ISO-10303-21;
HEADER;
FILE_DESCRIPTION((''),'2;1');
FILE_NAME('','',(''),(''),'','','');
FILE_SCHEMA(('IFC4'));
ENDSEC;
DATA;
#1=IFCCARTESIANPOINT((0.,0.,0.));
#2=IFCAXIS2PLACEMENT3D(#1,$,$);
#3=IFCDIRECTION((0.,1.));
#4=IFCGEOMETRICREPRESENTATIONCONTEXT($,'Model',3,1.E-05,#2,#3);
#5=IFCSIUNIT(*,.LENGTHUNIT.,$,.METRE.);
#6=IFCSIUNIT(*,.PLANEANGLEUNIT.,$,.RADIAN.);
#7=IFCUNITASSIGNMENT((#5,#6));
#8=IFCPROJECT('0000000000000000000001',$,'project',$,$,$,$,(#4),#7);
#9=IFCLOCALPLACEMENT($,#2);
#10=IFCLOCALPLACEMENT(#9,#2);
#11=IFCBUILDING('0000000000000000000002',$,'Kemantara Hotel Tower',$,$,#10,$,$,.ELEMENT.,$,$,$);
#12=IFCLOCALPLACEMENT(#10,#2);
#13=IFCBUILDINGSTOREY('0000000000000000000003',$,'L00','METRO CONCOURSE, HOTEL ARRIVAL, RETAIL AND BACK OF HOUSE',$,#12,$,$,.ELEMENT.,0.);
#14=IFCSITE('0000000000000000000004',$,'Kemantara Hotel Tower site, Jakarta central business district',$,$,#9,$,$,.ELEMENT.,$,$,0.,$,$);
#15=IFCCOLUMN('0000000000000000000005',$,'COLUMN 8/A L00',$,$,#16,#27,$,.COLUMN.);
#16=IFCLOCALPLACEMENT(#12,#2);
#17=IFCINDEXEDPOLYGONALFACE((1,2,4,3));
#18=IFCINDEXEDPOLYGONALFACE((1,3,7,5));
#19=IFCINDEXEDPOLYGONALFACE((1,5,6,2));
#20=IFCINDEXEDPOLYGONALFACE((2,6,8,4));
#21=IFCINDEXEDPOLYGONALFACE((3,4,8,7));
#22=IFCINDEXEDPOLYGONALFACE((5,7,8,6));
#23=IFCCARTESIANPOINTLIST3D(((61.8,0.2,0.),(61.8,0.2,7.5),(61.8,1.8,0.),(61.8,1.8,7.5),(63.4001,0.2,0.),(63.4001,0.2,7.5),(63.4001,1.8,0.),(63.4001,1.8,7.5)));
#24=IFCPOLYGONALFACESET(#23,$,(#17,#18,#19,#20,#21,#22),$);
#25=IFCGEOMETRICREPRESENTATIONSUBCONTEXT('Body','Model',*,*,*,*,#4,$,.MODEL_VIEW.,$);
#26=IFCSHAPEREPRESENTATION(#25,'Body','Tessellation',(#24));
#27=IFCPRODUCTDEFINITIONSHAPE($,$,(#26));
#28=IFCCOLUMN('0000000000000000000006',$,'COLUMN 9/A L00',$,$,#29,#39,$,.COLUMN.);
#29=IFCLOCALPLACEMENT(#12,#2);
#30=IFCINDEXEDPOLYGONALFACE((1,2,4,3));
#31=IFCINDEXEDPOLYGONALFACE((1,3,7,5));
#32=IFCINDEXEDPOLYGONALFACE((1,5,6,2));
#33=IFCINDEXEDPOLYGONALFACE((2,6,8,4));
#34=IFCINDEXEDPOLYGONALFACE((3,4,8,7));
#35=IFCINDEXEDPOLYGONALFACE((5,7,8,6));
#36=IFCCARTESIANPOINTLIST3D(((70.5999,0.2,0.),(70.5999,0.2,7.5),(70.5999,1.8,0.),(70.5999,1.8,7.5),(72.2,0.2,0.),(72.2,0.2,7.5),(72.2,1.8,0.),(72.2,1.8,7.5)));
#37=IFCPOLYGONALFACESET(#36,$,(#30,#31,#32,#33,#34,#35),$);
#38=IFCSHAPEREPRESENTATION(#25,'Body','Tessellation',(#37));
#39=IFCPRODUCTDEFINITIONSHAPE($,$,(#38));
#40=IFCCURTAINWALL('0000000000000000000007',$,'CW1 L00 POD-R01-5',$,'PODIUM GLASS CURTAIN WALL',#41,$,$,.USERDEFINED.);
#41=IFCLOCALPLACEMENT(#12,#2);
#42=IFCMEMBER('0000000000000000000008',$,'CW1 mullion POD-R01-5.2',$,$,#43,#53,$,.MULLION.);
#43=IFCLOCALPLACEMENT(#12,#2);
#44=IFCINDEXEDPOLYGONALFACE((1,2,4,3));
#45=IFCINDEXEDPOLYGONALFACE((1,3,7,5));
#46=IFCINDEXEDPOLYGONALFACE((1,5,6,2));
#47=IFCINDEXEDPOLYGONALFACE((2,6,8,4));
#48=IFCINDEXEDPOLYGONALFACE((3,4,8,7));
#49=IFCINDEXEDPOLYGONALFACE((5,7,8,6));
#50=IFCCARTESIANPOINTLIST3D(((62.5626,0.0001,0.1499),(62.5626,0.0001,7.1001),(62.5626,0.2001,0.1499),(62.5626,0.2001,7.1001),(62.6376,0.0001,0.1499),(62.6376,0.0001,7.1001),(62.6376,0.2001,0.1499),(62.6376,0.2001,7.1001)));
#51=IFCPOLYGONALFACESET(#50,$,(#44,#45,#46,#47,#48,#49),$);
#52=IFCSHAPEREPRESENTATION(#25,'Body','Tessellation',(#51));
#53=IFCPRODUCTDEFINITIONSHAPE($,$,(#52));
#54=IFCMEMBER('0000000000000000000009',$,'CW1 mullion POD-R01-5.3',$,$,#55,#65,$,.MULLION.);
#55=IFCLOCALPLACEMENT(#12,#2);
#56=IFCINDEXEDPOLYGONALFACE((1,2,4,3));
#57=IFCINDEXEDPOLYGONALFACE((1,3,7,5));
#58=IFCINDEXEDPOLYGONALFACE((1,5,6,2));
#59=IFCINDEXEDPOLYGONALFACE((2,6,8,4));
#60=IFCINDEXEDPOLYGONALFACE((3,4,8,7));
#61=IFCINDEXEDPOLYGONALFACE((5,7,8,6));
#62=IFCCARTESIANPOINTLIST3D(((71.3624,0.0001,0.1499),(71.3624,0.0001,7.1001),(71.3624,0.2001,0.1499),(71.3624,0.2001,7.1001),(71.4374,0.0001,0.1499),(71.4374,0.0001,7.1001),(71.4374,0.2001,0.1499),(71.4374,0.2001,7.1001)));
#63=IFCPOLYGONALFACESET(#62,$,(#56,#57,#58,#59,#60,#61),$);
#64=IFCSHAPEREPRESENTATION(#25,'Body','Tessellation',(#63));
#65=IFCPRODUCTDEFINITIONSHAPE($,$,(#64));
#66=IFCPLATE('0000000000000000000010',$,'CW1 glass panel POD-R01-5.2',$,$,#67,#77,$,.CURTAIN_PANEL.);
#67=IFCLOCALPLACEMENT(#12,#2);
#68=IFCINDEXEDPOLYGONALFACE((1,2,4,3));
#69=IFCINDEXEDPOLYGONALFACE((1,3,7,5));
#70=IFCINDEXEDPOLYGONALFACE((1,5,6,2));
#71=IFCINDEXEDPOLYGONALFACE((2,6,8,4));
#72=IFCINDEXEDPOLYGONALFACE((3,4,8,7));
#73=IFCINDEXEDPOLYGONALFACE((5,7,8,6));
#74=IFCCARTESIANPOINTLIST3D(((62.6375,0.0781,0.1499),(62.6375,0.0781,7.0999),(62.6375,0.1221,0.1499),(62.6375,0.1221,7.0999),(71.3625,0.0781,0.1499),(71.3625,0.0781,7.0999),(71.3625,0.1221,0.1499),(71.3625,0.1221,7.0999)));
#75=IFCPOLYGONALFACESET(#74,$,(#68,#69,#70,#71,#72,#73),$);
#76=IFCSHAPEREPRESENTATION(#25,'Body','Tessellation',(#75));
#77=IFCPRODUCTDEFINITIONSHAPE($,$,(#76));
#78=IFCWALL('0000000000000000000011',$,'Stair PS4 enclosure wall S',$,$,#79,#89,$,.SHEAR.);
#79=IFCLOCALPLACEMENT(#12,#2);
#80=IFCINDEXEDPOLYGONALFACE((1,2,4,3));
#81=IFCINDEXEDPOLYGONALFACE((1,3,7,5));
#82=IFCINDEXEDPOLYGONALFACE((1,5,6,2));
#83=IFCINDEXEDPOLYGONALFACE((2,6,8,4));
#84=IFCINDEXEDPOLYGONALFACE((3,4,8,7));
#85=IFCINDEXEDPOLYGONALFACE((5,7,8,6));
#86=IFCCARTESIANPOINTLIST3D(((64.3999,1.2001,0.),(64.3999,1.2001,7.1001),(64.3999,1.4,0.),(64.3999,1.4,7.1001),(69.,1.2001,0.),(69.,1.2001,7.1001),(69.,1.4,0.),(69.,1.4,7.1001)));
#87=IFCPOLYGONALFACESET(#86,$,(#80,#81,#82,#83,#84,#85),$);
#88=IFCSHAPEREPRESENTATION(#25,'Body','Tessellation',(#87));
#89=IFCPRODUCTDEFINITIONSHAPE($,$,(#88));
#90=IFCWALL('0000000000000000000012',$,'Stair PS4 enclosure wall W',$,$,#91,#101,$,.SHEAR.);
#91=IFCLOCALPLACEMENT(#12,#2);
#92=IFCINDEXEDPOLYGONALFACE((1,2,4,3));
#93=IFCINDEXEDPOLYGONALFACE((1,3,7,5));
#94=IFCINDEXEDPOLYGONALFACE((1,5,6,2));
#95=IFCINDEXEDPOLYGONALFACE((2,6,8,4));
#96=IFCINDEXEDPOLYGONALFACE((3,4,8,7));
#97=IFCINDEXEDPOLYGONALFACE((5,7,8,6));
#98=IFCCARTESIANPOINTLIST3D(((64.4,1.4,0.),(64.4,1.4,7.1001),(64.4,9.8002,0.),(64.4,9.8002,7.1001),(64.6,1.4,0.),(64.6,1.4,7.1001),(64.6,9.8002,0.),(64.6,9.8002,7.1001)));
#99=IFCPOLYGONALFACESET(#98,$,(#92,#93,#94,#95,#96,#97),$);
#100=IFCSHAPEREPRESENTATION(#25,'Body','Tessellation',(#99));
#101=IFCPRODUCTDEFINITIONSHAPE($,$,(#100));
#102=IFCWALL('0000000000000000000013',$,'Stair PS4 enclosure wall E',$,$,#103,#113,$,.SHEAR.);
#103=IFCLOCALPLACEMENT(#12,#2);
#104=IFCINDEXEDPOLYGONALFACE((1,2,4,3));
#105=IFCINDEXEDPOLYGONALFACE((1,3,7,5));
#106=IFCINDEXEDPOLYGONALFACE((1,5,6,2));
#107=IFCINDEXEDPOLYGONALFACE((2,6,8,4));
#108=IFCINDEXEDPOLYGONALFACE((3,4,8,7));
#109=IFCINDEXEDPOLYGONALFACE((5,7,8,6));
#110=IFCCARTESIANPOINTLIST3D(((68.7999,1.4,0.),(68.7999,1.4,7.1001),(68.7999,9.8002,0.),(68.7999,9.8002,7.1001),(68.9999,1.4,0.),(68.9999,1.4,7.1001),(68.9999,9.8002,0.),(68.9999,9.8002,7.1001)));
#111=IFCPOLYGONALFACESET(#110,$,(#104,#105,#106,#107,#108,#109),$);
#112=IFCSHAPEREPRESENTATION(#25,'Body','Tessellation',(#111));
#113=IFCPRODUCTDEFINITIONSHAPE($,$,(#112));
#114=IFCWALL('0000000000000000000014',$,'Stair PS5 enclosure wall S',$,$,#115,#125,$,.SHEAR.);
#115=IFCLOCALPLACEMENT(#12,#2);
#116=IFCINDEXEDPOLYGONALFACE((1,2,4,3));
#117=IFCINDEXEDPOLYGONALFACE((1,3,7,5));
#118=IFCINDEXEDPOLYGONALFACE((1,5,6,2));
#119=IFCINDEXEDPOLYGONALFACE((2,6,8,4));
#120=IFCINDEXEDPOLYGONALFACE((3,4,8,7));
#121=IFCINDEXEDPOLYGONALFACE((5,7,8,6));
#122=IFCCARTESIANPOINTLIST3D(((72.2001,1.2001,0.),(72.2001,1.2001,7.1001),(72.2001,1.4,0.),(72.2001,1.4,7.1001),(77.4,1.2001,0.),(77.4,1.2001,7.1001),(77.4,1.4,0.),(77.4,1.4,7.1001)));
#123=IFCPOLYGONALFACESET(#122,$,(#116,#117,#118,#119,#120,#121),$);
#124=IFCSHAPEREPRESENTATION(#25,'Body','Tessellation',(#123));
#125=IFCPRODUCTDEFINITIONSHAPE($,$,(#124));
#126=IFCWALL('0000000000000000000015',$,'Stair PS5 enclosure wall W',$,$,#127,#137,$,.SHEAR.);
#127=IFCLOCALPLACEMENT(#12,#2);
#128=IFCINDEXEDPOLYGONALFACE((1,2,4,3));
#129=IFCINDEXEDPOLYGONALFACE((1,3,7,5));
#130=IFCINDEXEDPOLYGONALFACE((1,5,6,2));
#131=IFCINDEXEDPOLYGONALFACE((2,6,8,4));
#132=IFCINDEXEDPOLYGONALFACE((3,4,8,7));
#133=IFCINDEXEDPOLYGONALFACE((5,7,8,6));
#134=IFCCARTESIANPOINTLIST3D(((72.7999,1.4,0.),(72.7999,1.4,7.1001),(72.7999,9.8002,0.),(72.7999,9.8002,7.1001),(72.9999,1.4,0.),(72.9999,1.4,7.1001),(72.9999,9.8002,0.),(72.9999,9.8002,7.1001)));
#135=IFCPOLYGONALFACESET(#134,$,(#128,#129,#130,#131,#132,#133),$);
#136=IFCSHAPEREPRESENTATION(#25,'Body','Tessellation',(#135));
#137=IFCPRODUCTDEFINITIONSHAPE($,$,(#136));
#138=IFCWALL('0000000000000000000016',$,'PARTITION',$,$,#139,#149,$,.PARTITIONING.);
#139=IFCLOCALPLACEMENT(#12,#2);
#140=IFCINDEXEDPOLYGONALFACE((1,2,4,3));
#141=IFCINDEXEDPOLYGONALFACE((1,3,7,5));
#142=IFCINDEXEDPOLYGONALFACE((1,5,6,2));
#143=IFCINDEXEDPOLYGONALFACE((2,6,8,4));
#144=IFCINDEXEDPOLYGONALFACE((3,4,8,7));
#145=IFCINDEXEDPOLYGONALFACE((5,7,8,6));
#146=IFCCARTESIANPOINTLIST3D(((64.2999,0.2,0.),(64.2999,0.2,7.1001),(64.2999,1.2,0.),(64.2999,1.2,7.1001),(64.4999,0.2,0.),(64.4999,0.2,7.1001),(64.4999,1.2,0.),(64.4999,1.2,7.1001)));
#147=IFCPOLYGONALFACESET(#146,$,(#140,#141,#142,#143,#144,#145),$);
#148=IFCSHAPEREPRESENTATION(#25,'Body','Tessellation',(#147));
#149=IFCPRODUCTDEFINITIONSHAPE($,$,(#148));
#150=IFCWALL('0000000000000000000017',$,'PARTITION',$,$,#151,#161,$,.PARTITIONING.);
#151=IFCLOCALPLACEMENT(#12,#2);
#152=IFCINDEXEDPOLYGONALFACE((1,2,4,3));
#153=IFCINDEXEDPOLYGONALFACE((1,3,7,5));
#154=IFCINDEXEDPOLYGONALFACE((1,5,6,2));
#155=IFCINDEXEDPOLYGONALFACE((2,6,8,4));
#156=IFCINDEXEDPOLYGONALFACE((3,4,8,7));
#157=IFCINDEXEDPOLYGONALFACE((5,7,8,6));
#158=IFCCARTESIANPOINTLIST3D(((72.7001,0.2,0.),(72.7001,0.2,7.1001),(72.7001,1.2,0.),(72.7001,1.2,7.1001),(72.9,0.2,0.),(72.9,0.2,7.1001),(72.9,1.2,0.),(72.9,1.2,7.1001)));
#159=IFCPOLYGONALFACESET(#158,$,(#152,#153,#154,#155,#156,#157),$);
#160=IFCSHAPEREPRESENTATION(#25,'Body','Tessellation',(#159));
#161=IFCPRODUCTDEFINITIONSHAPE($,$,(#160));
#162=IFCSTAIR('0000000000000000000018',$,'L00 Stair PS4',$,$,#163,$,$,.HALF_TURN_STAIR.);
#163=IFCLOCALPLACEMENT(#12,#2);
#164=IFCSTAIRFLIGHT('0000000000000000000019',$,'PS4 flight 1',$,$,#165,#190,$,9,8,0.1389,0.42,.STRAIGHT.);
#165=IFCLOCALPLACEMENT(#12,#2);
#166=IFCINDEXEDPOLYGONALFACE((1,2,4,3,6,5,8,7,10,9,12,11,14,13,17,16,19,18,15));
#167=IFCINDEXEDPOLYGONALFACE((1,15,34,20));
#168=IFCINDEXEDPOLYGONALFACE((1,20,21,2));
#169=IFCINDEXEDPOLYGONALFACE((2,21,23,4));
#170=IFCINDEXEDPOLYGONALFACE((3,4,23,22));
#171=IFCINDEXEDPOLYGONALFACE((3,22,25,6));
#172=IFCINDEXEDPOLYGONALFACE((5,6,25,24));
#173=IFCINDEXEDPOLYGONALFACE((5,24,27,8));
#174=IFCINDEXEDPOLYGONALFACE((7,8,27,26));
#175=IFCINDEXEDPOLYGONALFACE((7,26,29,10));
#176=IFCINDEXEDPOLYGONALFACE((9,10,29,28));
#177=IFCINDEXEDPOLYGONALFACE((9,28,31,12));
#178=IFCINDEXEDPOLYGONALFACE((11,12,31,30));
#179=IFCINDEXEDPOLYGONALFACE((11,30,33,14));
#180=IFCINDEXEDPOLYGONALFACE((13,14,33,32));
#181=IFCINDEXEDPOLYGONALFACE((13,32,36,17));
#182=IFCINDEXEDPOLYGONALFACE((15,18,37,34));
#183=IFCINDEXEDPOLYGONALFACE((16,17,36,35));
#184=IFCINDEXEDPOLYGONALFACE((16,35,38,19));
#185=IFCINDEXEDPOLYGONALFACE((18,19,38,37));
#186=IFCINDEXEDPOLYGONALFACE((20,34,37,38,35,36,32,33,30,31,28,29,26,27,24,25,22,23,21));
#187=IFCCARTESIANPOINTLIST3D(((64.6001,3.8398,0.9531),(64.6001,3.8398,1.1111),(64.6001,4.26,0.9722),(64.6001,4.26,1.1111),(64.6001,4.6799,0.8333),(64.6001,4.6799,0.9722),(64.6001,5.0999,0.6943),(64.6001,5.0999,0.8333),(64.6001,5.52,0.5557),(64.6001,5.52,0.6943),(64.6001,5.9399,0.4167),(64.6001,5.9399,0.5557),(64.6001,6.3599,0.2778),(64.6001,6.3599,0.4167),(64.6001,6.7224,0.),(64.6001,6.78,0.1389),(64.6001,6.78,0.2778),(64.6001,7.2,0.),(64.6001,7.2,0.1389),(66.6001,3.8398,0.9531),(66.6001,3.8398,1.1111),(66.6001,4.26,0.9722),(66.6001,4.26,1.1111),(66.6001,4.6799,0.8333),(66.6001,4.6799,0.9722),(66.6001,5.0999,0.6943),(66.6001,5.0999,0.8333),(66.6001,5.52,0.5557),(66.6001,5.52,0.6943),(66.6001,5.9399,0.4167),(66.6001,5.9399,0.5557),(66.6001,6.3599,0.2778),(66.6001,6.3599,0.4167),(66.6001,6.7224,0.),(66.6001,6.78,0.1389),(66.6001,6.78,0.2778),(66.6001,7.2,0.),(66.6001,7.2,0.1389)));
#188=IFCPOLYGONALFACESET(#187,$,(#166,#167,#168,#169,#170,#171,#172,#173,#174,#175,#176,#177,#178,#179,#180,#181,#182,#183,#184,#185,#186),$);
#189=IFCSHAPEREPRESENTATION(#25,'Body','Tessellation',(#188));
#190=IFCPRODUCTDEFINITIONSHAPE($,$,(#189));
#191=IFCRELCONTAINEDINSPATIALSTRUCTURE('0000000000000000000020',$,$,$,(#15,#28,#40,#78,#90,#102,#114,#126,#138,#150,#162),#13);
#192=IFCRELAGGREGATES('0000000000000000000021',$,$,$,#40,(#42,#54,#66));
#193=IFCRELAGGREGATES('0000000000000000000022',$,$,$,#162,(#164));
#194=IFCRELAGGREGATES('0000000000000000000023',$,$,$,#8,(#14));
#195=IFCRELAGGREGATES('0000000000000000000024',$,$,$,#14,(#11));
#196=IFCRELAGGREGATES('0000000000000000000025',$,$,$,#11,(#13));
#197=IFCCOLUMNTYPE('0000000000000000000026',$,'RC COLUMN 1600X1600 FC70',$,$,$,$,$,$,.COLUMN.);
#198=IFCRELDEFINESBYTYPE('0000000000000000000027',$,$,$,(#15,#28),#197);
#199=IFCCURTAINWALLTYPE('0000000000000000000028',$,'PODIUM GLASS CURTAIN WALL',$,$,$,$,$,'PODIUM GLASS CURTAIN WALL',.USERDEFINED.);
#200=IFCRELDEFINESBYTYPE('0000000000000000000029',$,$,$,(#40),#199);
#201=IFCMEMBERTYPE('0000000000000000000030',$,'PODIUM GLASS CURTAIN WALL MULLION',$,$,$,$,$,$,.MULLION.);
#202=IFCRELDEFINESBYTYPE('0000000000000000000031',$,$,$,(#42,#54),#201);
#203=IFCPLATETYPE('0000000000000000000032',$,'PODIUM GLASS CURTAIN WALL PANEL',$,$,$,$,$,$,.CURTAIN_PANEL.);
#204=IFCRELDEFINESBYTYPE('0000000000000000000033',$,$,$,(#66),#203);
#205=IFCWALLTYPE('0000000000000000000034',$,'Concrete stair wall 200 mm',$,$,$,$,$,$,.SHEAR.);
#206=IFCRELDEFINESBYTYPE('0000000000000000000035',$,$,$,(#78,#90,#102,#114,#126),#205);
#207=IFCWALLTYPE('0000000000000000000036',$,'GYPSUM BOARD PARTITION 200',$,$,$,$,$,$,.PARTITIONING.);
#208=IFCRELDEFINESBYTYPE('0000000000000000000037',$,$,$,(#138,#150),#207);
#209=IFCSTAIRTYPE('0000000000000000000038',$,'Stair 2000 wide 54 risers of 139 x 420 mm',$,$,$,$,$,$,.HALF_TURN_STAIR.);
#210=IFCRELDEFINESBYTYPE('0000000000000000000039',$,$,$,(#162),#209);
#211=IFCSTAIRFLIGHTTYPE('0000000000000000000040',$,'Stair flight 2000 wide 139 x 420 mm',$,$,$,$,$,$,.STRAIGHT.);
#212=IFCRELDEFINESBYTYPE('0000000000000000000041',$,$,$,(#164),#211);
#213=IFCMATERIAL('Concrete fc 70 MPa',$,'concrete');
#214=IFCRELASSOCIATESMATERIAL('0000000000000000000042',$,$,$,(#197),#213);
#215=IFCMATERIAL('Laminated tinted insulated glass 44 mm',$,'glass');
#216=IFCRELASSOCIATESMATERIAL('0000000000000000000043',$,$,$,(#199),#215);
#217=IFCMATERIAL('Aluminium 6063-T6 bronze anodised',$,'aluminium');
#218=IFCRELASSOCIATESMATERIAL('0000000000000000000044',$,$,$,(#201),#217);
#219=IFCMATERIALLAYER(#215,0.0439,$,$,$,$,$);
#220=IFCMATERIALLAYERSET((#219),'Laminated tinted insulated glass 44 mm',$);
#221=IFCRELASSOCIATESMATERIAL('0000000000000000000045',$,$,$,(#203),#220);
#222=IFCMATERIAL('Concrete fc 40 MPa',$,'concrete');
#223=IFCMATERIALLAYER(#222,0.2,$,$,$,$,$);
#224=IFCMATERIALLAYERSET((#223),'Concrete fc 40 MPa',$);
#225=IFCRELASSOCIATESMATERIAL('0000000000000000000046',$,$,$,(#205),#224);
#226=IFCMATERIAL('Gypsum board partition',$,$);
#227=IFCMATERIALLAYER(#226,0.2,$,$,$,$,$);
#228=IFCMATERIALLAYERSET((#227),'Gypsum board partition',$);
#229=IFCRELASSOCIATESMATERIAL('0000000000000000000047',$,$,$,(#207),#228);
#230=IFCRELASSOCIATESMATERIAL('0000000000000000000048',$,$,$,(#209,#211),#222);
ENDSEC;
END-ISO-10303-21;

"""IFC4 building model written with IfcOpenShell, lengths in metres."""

from ifc_helpers import new_model, si_unit, direction, frame, frame_2d, origin, origin_2d, place, context, subcontext, project, spatial, polyline, rectangle, outline, extrude, source, transform, mapped, material, layer, layer_set, material_profile, profile_set, type_object, element, aggregate, save


model = new_model("IFC4")

# Units and contexts
model_context = context("Model", 3, precision=1e-05, world=origin(), true_north=direction((0.0, 1.0)))
body_context = subcontext(model_context, "Body", "Model", "MODEL_VIEW")
ifc_project = project(units=[si_unit("LENGTHUNIT", "METRE"), si_unit("PLANEANGLEUNIT", "RADIAN")], contexts=[model_context])

# Site, building, storey
site_placement = place(None, origin())
site = spatial("IfcSite", under=ifc_project, at=site_placement, Name="Kemantara Hotel Tower site, Jakarta central business district", CompositionType="ELEMENT", RefElevation=0.0)
building_placement = place(site_placement, origin())
building = spatial("IfcBuilding", under=site, at=building_placement, Name="Kemantara Hotel Tower", CompositionType="ELEMENT")
storey_placement = place(building_placement, origin())
storey = spatial("IfcBuildingStorey", under=building, at=storey_placement, Name="L00", Description="METRO CONCOURSE, HOTEL ARRIVAL, RETAIL AND BACK OF HOUSE", CompositionType="ELEMENT", Elevation=0.0)

# Columns
ifc_material_1 = material(Name="Concrete fc 70 MPa", Category="concrete")
ifc_material_profile_1 = material_profile(ifc_material_1, rectangle(XDim=1.6001, YDim=1.6001, at=origin_2d()), Name="RC 1600X1600")
ifc_profile_set_1 = profile_set([ifc_material_profile_1], Name="Concrete fc 70 MPa")
column_type = type_object("IfcColumnType", Name="RC COLUMN 1600X1600 FC70", PredefinedType="COLUMN", material=ifc_profile_set_1)
for number, where, z_axis, x_axis, name in (
    (1, (62.6001, 1.0, 0.0), (0.0, 0.0, 1.0), (1.0, 0.0, 0.0), "COLUMN 8/A L00"),
    (2, (71.3999, 1.0, 0.0), (0.0, 0.0, 1.0), (1.0, 0.0, 0.0), "COLUMN 9/A L00"),
):
    element("IfcColumn", number, at=place(storey_placement, frame(where, z_axis=z_axis, x_axis=x_axis)), inside=storey, type_object=column_type, Name=name, PredefinedType="COLUMN", context=body_context, shape_type="SweptSolid", body=[
        extrude(rectangle(XDim=1.6001, YDim=1.6001, at=origin_2d()), origin(), (0.0, 0.0, 1.0), 7.5),
    ])

# Curtain wall, members, plate
ifc_material_2 = material(Name="Laminated tinted insulated glass 44 mm", Category="glass")
curtain_wall_type = type_object("IfcCurtainWallType", Name="PODIUM GLASS CURTAIN WALL", ElementType="PODIUM GLASS CURTAIN WALL", PredefinedType="USERDEFINED", material=ifc_material_2)
curtain_wall_placement = place(storey_placement, origin())
curtain_wall = element("IfcCurtainWall", 3, at=curtain_wall_placement, inside=storey, type_object=curtain_wall_type, Name="CW1 L00 POD-R01-5", ObjectType="PODIUM GLASS CURTAIN WALL", PredefinedType="USERDEFINED")
ifc_material_3 = material(Name="Aluminium 6063-T6 bronze anodised", Category="aluminium")
ifc_material_profile_2 = material_profile(ifc_material_3, rectangle(XDim=0.2, YDim=0.075, at=origin_2d()), Name="PODIUM GLASS CURTAIN WALL MULLION")
ifc_profile_set_2 = profile_set([ifc_material_profile_2], Name="Aluminium 6063-T6 bronze anodised")
member_type = type_object("IfcMemberType", Name="PODIUM GLASS CURTAIN WALL MULLION", PredefinedType="MULLION", material=ifc_profile_set_2)
shared_shape_1 = source(origin(), body_context, "Body", "SweptSolid", [
    extrude(rectangle(XDim=0.2, YDim=0.075, at=origin_2d()), origin(), (0.0, 0.0, 1.0), 6.9502),
])
member_1_placement = place(storey_placement, frame((62.6001, 0.1001, 0.1499), z_axis=(0.0, 0.0, 1.0), x_axis=(0.0, 1.0, 0.0)))
member_1 = element("IfcMember", 4, at=member_1_placement, type_object=member_type, Name="CW1 mullion POD-R01-5.2", PredefinedType="MULLION", context=body_context, shape_type="MappedRepresentation", body=[
    mapped(shared_shape_1, transform((0.0, 0.0, 0.0))),
])
member_2_placement = place(storey_placement, frame((71.3999, 0.1001, 0.1499), z_axis=(0.0, 0.0, 1.0), x_axis=(0.0, 1.0, 0.0)))
member_2 = element("IfcMember", 5, at=member_2_placement, type_object=member_type, Name="CW1 mullion POD-R01-5.3", PredefinedType="MULLION", context=body_context, shape_type="MappedRepresentation", body=[
    mapped(shared_shape_1, transform((0.0, 0.0, 0.0))),
])
ifc_layer_1 = layer(ifc_material_2, 0.0439)
ifc_layer_set_1 = layer_set([ifc_layer_1], Name="Laminated tinted insulated glass 44 mm")
plate_type = type_object("IfcPlateType", Name="PODIUM GLASS CURTAIN WALL PANEL", PredefinedType="CURTAIN_PANEL", material=ifc_layer_set_1)
shared_shape_2 = source(origin(), body_context, "Body", "SweptSolid", [
    extrude(rectangle(XDim=8.7251, YDim=0.0439, at=origin_2d()), origin(), (0.0, 0.0, 1.0), 6.95),
])
plate_placement = place(storey_placement, frame((67.0, 0.1001, 0.1499), z_axis=(0.0, 0.0, 1.0), x_axis=(1.0, 0.0, 0.0)))
plate = element("IfcPlate", 6, at=plate_placement, type_object=plate_type, Name="CW1 glass panel POD-R01-5.2", PredefinedType="CURTAIN_PANEL", context=body_context, shape_type="MappedRepresentation", body=[
    mapped(shared_shape_2, transform((0.0, 0.0, 0.0))),
])
aggregate(curtain_wall, [member_1, member_2, plate])

# Walls
ifc_material_4 = material(Name="Concrete fc 40 MPa", Category="concrete")
ifc_layer_2 = layer(ifc_material_4, 0.2)
ifc_layer_set_2 = layer_set([ifc_layer_2], Name="Concrete fc 40 MPa")
wall_type_1 = type_object("IfcWallType", Name="Concrete stair wall 200 mm", PredefinedType="SHEAR", material=ifc_layer_set_2)
wall_1_placement = place(storey_placement, frame((64.3999, 1.3, 0.0), z_axis=(0.0, 0.0, 1.0), x_axis=(1.0, 0.0, 0.0)))
element("IfcWall", 7, at=wall_1_placement, inside=storey, type_object=wall_type_1, Name="Stair PS4 enclosure wall S", PredefinedType="SHEAR", context=body_context, shape_type="SweptSolid", body=[
    extrude(rectangle(XDim=4.6001, YDim=0.2, at=frame_2d((2.3, 0.0))), origin(), (0.0, 0.0, 1.0), 7.1001),
])
for number, where, z_axis, x_axis, name in (
    (8, (64.5, 1.3999, 0.0), (0.0, 0.0, 1.0), (0.0, 1.0, 0.0), "Stair PS4 enclosure wall W"),
    (9, (68.8999, 1.3999, 0.0), (0.0, 0.0, 1.0), (0.0, 1.0, 0.0), "Stair PS4 enclosure wall E"),
):
    element("IfcWall", number, at=place(storey_placement, frame(where, z_axis=z_axis, x_axis=x_axis)), inside=storey, type_object=wall_type_1, Name=name, PredefinedType="SHEAR", context=body_context, shape_type="SweptSolid", body=[
        extrude(rectangle(XDim=8.4001, YDim=0.2, at=frame_2d((4.2002, 0.0))), origin(), (0.0, 0.0, 1.0), 7.1001),
    ])
wall_2_placement = place(storey_placement, frame((72.2, 1.3, 0.0), z_axis=(0.0, 0.0, 1.0), x_axis=(1.0, 0.0, 0.0)))
element("IfcWall", 10, at=wall_2_placement, inside=storey, type_object=wall_type_1, Name="Stair PS5 enclosure wall S", PredefinedType="SHEAR", context=body_context, shape_type="SweptSolid", body=[
    extrude(rectangle(XDim=5.2, YDim=0.2, at=frame_2d((2.6001, 0.0))), origin(), (0.0, 0.0, 1.0), 7.1001),
])
wall_3_placement = place(storey_placement, frame((72.8999, 1.3999, 0.0), z_axis=(0.0, 0.0, 1.0), x_axis=(0.0, 1.0, 0.0)))
element("IfcWall", 11, at=wall_3_placement, inside=storey, type_object=wall_type_1, Name="Stair PS5 enclosure wall W", PredefinedType="SHEAR", context=body_context, shape_type="SweptSolid", body=[
    extrude(rectangle(XDim=8.4001, YDim=0.2, at=frame_2d((4.2002, 0.0))), origin(), (0.0, 0.0, 1.0), 7.1001),
])
ifc_material_5 = material(Name="Gypsum board partition")
ifc_layer_3 = layer(ifc_material_5, 0.2)
ifc_layer_set_3 = layer_set([ifc_layer_3], Name="Gypsum board partition")
wall_type_2 = type_object("IfcWallType", Name="GYPSUM BOARD PARTITION 200", PredefinedType="PARTITIONING", material=ifc_layer_set_3)
for number, where, z_axis, x_axis, name in (
    (12, (64.3999, 0.2, 0.0), (0.0, 0.0, 1.0), (0.0, 1.0, 0.0), "PARTITION"),
    (13, (72.8, 0.2, 0.0), (0.0, 0.0, 1.0), (0.0, 1.0, 0.0), "PARTITION"),
):
    element("IfcWall", number, at=place(storey_placement, frame(where, z_axis=z_axis, x_axis=x_axis)), inside=storey, type_object=wall_type_2, Name=name, PredefinedType="PARTITIONING", context=body_context, shape_type="SweptSolid", body=[
        extrude(rectangle(XDim=1.0, YDim=0.2, at=frame_2d((0.5, 0.0))), origin(), (0.0, 0.0, 1.0), 7.1001),
    ])

# Stair, stair flight
stair_type = type_object("IfcStairType", Name="Stair 2000 wide 54 risers of 139 x 420 mm", PredefinedType="HALF_TURN_STAIR", material=ifc_material_4)
stair_placement = place(storey_placement, origin())
stair = element("IfcStair", 14, at=stair_placement, inside=storey, type_object=stair_type, Name="L00 Stair PS4", PredefinedType="HALF_TURN_STAIR")
stair_flight_type = type_object("IfcStairFlightType", Name="Stair flight 2000 wide 139 x 420 mm", PredefinedType="STRAIGHT", material=ifc_material_4)
stair_flight_1_placement = place(storey_placement, frame((65.6001, 7.2, 0.0), z_axis=(0.0, 0.0, 1.0), x_axis=(0.0, -1.0, 0.0)))
stair_flight_1 = element("IfcStairFlight", 15, at=stair_flight_1_placement, type_object=stair_flight_type, Name="PS4 flight 1", NumberOfRisers=9, NumberOfTreads=8, PredefinedType="STRAIGHT", RiserHeight=0.1389, TreadLength=0.42, context=body_context, shape_type="SweptSolid", body=[
    extrude(outline(polyline([(0.0, 0.0), (0.0, 0.1389), (0.4199, 0.1389), (0.4199, 0.2778), (0.8401, 0.2778), (0.8401, 0.4167), (1.26, 0.4167), (1.26, 0.5557), (1.6799, 0.5557), (1.6799, 0.6943), (2.1001, 0.6943), (2.1001, 0.8333), (2.52, 0.8333), (2.52, 0.9722), (2.9399, 0.9722), (2.9399, 1.1111), (3.3601, 1.1111), (3.3601, 1.25), (3.3601, 0.9531), (0.4775, 0.0), (0.0, 0.0)])), frame((0.0, 1.0, 0.0), z_axis=(0.0, -1.0, 0.0), x_axis=(1.0, 0.0, 0.0)), (0.0, 0.0, 1.0), 2.0),
])
aggregate(stair, [stair_flight_1])

save(model, "model.ifc")
